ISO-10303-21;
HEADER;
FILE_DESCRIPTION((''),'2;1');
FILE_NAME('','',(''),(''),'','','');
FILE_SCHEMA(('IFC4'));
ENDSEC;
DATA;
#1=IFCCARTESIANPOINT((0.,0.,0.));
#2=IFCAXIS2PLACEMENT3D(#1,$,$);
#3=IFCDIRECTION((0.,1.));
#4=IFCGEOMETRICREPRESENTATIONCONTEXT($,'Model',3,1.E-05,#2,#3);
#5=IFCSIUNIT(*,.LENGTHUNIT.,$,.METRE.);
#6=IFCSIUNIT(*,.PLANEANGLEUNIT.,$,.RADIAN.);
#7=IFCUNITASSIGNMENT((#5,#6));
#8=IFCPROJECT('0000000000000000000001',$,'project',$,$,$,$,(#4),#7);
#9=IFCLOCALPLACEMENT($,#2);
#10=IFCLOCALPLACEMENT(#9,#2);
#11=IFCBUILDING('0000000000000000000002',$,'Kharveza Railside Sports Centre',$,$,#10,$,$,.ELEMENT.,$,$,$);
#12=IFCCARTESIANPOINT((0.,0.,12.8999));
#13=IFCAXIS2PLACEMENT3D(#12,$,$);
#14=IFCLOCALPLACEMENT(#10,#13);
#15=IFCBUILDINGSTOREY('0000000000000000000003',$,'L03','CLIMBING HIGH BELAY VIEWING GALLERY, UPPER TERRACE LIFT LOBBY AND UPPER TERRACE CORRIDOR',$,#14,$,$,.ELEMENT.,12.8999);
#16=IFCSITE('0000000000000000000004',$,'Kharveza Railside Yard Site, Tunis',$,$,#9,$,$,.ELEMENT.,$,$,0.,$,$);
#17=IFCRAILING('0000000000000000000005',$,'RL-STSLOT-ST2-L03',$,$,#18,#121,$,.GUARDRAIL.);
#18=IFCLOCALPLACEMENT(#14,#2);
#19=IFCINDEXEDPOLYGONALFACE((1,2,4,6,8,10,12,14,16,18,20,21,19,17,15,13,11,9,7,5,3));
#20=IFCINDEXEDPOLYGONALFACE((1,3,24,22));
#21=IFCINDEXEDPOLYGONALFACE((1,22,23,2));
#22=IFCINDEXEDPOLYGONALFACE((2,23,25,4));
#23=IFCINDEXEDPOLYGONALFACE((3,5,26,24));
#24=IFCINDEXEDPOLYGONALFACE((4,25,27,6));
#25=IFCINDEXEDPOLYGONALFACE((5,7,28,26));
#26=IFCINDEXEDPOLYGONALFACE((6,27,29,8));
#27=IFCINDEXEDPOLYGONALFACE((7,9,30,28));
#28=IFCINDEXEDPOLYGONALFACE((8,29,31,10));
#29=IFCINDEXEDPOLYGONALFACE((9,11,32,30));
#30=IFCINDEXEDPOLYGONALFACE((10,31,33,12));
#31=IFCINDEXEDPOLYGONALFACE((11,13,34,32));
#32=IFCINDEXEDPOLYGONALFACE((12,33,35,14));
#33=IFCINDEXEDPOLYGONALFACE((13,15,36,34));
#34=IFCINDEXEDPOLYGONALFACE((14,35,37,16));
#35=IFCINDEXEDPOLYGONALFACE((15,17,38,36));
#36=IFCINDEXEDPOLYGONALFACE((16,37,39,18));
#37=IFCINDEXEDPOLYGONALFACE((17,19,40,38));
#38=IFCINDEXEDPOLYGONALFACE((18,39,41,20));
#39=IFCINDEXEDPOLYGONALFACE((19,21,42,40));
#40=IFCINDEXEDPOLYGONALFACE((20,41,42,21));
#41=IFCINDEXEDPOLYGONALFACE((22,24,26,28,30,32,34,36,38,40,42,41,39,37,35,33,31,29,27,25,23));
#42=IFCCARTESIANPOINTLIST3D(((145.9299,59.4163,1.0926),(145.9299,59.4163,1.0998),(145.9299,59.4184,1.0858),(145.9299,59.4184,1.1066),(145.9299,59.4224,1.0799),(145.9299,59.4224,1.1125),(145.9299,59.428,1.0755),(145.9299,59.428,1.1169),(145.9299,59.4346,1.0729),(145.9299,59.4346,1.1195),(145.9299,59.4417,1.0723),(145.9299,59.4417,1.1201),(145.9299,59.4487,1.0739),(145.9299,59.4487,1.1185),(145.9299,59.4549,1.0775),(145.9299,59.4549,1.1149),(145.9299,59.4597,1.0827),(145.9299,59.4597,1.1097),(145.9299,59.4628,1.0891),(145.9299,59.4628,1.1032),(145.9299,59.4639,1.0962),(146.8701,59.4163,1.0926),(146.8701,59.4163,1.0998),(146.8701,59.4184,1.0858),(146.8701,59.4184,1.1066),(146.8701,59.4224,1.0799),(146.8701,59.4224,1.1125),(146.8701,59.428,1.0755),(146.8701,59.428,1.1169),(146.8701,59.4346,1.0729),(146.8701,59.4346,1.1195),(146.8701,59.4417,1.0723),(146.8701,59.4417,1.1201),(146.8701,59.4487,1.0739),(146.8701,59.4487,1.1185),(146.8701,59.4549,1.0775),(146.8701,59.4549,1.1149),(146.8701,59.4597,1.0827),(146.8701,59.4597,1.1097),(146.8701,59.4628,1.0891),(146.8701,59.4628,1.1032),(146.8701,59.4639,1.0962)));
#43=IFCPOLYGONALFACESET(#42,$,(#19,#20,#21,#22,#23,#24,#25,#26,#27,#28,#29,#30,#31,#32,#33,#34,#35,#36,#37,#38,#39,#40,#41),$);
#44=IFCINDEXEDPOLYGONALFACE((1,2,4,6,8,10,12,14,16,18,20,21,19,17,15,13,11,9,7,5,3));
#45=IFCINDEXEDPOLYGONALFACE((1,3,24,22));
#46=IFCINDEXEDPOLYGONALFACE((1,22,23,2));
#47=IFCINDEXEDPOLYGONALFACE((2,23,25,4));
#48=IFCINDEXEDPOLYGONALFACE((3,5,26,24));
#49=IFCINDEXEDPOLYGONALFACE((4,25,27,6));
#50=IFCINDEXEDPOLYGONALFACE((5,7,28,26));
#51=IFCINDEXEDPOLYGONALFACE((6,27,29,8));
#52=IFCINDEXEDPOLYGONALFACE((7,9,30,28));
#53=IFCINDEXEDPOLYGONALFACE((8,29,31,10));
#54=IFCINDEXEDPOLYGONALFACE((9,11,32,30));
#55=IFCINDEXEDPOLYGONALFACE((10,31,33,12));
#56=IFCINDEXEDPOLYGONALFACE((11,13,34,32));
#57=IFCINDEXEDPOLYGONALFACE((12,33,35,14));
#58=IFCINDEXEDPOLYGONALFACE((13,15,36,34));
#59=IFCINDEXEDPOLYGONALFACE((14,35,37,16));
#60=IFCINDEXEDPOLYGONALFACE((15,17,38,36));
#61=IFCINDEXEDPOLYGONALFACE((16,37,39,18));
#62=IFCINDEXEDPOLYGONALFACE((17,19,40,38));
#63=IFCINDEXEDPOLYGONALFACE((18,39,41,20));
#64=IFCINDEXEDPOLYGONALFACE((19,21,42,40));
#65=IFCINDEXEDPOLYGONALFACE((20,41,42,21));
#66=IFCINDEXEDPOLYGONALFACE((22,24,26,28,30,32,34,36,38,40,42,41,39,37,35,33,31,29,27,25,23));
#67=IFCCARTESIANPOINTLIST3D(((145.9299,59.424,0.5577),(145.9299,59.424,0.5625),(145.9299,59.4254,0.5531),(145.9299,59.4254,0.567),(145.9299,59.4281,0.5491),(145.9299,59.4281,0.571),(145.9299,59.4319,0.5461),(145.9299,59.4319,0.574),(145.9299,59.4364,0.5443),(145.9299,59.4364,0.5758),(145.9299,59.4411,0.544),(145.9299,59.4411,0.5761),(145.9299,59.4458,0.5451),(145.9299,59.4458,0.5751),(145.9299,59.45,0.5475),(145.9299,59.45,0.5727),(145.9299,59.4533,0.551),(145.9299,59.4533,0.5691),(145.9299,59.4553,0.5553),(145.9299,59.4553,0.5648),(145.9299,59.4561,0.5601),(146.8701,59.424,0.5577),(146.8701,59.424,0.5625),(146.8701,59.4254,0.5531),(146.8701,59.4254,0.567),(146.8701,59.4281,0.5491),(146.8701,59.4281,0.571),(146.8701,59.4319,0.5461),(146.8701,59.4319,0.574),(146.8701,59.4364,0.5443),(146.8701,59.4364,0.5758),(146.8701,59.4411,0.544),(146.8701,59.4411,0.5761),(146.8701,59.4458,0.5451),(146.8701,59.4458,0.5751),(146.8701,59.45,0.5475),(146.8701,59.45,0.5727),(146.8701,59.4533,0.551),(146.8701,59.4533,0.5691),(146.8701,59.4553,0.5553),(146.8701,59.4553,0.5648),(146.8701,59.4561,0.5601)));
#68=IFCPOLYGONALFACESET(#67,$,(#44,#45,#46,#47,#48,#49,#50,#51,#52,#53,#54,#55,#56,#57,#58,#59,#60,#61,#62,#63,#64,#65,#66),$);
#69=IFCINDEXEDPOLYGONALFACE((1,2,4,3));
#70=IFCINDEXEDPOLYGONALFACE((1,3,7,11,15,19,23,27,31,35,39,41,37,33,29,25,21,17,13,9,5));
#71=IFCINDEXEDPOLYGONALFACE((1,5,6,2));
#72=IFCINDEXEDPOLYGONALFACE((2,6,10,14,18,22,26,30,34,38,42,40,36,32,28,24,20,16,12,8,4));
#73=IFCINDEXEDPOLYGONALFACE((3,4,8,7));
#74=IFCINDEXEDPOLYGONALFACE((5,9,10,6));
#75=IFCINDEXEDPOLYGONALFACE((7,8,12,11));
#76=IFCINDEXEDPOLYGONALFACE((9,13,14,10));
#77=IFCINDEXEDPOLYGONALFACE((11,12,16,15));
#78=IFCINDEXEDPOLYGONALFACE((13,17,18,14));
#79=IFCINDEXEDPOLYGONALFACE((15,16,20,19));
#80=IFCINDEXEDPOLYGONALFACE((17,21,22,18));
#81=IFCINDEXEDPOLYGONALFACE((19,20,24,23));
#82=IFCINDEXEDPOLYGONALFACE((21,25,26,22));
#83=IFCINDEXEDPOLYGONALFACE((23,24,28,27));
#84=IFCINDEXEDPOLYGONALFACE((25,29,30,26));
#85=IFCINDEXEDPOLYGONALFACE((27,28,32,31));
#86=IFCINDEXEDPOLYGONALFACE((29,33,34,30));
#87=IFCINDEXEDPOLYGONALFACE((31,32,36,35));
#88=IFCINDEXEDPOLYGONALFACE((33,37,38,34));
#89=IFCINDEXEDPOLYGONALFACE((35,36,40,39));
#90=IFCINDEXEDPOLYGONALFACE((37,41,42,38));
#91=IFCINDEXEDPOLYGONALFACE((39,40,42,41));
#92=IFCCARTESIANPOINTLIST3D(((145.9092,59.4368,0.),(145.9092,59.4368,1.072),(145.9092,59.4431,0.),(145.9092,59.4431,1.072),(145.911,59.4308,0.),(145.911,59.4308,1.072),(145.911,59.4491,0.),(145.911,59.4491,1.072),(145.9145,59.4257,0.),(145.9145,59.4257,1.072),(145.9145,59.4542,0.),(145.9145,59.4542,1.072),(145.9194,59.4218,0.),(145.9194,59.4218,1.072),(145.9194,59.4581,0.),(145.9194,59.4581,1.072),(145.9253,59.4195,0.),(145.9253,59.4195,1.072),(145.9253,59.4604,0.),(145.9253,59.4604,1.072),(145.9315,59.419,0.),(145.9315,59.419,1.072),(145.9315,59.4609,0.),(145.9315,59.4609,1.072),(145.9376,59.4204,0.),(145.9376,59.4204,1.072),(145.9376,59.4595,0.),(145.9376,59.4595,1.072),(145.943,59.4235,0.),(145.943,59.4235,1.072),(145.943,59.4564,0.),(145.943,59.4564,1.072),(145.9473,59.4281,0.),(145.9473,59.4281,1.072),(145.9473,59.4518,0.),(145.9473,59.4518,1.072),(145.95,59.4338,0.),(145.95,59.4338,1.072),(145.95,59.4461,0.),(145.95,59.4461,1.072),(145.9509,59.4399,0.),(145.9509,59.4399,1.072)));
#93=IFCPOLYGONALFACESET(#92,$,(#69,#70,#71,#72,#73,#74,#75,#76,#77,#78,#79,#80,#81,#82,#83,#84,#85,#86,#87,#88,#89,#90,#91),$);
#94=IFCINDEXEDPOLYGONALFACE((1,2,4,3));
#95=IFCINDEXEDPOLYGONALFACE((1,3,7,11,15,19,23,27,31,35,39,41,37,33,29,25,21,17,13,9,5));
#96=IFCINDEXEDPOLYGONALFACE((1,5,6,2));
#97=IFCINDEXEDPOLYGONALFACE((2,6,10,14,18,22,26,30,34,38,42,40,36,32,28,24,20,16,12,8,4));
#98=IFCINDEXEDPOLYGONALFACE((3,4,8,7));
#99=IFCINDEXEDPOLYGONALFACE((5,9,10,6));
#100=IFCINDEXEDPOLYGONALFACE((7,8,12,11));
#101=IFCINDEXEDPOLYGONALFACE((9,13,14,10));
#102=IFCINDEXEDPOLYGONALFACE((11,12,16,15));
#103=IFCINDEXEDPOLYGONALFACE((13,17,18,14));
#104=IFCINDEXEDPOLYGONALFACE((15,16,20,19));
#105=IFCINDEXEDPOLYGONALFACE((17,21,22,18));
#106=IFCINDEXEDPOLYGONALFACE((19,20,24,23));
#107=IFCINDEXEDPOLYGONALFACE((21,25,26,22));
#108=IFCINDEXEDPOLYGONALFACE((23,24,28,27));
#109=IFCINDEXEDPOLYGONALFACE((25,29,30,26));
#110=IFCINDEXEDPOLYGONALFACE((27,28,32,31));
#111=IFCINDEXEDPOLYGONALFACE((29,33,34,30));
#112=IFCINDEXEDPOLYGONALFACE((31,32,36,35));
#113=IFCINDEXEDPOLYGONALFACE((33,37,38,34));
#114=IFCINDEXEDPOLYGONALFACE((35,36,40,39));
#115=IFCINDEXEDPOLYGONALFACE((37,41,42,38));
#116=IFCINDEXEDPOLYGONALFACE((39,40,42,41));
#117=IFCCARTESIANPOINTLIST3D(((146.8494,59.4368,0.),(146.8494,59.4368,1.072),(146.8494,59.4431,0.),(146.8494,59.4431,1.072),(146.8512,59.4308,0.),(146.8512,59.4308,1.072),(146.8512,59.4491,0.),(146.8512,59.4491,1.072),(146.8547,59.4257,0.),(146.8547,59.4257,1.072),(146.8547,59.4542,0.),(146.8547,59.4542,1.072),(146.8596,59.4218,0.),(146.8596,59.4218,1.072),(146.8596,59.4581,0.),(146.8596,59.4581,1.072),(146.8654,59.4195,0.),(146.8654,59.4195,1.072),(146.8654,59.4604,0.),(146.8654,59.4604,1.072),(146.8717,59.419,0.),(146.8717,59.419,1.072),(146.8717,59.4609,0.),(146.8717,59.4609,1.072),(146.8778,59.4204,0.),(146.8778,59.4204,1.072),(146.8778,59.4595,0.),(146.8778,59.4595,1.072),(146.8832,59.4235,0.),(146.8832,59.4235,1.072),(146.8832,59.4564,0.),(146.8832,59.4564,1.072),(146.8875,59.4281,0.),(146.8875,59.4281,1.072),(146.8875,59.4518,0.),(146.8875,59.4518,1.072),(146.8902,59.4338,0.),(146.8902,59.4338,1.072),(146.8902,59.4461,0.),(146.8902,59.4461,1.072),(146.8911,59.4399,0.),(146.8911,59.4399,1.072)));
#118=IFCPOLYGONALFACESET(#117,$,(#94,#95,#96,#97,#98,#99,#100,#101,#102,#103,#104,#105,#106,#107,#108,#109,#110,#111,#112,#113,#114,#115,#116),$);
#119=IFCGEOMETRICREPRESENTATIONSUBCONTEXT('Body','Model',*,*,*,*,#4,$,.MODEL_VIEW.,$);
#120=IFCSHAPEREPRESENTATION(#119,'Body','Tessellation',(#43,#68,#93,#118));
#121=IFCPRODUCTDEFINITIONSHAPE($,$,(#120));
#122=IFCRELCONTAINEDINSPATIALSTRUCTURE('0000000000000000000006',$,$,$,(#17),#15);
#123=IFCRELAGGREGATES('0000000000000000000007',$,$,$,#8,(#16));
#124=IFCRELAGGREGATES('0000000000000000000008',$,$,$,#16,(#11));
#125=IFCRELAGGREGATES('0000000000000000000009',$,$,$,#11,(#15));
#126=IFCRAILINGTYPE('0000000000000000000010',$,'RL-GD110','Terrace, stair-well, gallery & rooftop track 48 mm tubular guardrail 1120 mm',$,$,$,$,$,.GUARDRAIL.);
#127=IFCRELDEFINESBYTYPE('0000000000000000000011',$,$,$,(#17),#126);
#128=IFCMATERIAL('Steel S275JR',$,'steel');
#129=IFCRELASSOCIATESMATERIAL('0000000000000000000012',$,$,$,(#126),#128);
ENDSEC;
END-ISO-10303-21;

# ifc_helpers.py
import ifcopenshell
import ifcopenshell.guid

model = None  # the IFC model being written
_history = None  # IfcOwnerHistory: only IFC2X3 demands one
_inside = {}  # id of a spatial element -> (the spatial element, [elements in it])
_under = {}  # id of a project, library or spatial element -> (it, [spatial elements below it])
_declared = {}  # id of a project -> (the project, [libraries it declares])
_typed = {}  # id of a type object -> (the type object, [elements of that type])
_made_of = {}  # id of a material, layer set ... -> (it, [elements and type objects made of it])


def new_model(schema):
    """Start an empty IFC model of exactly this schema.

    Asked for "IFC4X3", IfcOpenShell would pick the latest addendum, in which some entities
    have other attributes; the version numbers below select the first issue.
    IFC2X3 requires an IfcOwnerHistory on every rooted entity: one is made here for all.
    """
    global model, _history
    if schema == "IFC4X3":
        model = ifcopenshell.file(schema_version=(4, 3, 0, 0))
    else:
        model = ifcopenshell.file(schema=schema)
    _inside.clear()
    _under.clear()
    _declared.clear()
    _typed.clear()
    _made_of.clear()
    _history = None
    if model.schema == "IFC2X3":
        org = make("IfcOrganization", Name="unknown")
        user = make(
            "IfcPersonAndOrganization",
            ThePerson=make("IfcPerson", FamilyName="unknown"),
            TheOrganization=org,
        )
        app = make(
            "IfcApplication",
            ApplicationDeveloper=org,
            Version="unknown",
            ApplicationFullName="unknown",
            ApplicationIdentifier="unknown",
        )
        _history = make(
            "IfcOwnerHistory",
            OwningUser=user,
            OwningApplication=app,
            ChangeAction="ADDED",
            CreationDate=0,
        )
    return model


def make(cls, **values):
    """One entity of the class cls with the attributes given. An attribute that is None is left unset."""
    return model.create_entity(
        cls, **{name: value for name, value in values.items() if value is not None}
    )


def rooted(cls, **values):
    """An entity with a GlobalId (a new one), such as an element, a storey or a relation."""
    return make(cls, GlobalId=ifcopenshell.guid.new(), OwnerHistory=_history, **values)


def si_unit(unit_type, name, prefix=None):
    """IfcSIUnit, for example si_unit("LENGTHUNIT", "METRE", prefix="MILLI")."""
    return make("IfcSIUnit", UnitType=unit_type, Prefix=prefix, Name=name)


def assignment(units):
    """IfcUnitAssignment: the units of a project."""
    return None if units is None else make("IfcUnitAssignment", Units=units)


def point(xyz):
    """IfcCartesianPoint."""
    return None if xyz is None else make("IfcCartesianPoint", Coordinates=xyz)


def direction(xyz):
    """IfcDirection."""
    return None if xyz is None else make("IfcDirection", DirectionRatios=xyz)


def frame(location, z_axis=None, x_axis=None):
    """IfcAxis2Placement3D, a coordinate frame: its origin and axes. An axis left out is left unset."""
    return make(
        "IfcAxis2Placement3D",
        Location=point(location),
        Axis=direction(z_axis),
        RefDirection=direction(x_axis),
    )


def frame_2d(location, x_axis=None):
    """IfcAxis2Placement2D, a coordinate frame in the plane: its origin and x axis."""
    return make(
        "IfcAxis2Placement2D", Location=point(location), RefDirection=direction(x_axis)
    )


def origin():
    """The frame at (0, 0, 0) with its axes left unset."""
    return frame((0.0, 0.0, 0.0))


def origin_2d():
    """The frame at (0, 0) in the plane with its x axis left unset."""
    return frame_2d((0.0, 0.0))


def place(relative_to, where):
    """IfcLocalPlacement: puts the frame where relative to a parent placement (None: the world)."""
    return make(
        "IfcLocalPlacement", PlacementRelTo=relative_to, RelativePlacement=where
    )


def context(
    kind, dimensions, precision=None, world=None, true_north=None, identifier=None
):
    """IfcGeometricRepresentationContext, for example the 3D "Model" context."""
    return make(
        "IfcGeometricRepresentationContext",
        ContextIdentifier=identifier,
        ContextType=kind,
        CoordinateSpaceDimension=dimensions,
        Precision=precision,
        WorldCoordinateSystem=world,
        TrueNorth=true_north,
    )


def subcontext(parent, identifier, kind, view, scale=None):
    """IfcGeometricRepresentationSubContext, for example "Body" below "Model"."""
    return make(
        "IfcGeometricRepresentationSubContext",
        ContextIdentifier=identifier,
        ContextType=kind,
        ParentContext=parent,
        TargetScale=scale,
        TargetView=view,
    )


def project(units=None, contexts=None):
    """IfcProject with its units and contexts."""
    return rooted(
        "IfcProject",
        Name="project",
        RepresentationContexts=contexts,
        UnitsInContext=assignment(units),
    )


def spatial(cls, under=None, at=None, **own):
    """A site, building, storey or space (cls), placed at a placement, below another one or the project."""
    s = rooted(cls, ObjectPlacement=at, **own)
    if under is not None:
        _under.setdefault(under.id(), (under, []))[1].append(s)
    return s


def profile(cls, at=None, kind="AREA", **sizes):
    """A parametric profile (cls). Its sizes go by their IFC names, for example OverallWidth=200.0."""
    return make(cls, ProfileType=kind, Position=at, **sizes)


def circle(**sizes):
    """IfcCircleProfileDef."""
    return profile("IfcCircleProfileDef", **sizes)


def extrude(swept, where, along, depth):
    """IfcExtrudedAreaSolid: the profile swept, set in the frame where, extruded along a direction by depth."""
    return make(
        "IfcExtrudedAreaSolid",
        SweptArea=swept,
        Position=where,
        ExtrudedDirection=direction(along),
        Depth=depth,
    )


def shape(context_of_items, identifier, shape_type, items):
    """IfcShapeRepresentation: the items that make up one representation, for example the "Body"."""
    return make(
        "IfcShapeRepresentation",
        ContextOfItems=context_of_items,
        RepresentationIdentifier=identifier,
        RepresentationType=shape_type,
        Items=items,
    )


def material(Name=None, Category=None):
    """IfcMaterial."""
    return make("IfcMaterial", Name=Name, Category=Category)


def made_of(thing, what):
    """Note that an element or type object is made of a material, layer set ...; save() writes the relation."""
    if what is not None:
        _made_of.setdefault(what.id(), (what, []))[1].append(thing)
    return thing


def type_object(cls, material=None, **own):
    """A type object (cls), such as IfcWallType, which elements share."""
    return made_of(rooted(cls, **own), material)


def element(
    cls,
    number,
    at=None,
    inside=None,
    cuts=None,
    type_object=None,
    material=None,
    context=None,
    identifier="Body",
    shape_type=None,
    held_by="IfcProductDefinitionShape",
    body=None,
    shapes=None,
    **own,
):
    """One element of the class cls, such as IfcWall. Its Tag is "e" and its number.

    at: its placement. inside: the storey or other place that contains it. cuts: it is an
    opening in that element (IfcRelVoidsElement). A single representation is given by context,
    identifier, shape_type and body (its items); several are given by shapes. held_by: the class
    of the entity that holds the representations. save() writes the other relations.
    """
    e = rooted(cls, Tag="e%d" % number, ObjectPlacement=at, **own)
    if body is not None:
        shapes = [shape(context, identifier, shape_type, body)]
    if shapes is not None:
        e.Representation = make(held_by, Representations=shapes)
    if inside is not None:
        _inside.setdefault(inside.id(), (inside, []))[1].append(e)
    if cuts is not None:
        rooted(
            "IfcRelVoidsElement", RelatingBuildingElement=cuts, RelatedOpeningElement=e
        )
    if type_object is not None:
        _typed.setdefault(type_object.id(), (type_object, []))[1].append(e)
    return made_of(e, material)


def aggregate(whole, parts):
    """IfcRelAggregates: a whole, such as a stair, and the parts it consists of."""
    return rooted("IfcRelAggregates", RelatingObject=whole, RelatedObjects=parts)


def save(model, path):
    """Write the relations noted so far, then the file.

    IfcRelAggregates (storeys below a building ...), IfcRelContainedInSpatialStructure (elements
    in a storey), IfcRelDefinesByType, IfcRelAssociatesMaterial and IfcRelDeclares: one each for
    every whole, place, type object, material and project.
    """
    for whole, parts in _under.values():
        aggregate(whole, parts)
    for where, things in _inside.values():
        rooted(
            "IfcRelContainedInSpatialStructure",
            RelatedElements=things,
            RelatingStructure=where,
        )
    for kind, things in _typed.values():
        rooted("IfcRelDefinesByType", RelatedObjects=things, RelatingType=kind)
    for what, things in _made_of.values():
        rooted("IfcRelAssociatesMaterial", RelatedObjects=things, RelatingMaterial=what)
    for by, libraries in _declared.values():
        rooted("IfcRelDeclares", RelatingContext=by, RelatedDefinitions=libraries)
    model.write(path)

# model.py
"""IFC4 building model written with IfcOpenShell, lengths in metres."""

from ifc_helpers import new_model, si_unit, direction, frame, origin, origin_2d, place, context, subcontext, project, spatial, circle, extrude, material, type_object, element, save


model = new_model("IFC4")

# Units and contexts
model_context = context("Model", 3, precision=1e-05, world=origin(), true_north=direction((0.0, 1.0)))
body_context = subcontext(model_context, "Body", "Model", "MODEL_VIEW")
ifc_project = project(units=[si_unit("LENGTHUNIT", "METRE"), si_unit("PLANEANGLEUNIT", "RADIAN")], contexts=[model_context])

# Site, building, storey
site_placement = place(None, origin())
site = spatial("IfcSite", under=ifc_project, at=site_placement, Name="Kharveza Railside Yard Site, Tunis", CompositionType="ELEMENT", RefElevation=0.0)
building_placement = place(site_placement, origin())
building = spatial("IfcBuilding", under=site, at=building_placement, Name="Kharveza Railside Sports Centre", CompositionType="ELEMENT")
storey_placement = place(building_placement, frame((0.0, 0.0, 12.8999)))
storey = spatial("IfcBuildingStorey", under=building, at=storey_placement, Name="L03", Description="CLIMBING HIGH BELAY VIEWING GALLERY, UPPER TERRACE LIFT LOBBY AND UPPER TERRACE CORRIDOR", CompositionType="ELEMENT", Elevation=12.8999)

# Railing
ifc_material_1 = material(Name="Steel S275JR", Category="steel")
railing_type_1 = type_object("IfcRailingType", Name="RL-GD110", Description="Terrace, stair-well, gallery & rooftop track 48 mm tubular guardrail 1120 mm", PredefinedType="GUARDRAIL", material=ifc_material_1)
railing_1_placement = place(storey_placement, frame((145.9299, 59.4399, 0.0)))
element("IfcRailing", 1, at=railing_1_placement, inside=storey, type_object=railing_type_1, Name="RL-STSLOT-ST2-L03", PredefinedType="GUARDRAIL", context=body_context, shape_type="SweptSolid", body=[
    extrude(circle(Radius=0.0239, at=origin_2d()), frame((0.0, 0.0, 1.0962), z_axis=(1.0, 0.0, 0.0), x_axis=(0.0, 1.0, 0.0)), (0.0, 0.0, 1.0), 0.9402),
    extrude(circle(Radius=0.0161, at=origin_2d()), frame((0.0, 0.0, 0.5601), z_axis=(1.0, 0.0, 0.0), x_axis=(0.0, 1.0, 0.0)), (0.0, 0.0, 1.0), 0.9402),
    extrude(circle(Radius=0.021, at=origin_2d()), origin(), (0.0, 0.0, 1.0), 1.072),
    extrude(circle(Radius=0.021, at=origin_2d()), frame((0.9402, 0.0, 0.0)), (0.0, 0.0, 1.0), 1.072),
])

save(model, "model.ifc")
